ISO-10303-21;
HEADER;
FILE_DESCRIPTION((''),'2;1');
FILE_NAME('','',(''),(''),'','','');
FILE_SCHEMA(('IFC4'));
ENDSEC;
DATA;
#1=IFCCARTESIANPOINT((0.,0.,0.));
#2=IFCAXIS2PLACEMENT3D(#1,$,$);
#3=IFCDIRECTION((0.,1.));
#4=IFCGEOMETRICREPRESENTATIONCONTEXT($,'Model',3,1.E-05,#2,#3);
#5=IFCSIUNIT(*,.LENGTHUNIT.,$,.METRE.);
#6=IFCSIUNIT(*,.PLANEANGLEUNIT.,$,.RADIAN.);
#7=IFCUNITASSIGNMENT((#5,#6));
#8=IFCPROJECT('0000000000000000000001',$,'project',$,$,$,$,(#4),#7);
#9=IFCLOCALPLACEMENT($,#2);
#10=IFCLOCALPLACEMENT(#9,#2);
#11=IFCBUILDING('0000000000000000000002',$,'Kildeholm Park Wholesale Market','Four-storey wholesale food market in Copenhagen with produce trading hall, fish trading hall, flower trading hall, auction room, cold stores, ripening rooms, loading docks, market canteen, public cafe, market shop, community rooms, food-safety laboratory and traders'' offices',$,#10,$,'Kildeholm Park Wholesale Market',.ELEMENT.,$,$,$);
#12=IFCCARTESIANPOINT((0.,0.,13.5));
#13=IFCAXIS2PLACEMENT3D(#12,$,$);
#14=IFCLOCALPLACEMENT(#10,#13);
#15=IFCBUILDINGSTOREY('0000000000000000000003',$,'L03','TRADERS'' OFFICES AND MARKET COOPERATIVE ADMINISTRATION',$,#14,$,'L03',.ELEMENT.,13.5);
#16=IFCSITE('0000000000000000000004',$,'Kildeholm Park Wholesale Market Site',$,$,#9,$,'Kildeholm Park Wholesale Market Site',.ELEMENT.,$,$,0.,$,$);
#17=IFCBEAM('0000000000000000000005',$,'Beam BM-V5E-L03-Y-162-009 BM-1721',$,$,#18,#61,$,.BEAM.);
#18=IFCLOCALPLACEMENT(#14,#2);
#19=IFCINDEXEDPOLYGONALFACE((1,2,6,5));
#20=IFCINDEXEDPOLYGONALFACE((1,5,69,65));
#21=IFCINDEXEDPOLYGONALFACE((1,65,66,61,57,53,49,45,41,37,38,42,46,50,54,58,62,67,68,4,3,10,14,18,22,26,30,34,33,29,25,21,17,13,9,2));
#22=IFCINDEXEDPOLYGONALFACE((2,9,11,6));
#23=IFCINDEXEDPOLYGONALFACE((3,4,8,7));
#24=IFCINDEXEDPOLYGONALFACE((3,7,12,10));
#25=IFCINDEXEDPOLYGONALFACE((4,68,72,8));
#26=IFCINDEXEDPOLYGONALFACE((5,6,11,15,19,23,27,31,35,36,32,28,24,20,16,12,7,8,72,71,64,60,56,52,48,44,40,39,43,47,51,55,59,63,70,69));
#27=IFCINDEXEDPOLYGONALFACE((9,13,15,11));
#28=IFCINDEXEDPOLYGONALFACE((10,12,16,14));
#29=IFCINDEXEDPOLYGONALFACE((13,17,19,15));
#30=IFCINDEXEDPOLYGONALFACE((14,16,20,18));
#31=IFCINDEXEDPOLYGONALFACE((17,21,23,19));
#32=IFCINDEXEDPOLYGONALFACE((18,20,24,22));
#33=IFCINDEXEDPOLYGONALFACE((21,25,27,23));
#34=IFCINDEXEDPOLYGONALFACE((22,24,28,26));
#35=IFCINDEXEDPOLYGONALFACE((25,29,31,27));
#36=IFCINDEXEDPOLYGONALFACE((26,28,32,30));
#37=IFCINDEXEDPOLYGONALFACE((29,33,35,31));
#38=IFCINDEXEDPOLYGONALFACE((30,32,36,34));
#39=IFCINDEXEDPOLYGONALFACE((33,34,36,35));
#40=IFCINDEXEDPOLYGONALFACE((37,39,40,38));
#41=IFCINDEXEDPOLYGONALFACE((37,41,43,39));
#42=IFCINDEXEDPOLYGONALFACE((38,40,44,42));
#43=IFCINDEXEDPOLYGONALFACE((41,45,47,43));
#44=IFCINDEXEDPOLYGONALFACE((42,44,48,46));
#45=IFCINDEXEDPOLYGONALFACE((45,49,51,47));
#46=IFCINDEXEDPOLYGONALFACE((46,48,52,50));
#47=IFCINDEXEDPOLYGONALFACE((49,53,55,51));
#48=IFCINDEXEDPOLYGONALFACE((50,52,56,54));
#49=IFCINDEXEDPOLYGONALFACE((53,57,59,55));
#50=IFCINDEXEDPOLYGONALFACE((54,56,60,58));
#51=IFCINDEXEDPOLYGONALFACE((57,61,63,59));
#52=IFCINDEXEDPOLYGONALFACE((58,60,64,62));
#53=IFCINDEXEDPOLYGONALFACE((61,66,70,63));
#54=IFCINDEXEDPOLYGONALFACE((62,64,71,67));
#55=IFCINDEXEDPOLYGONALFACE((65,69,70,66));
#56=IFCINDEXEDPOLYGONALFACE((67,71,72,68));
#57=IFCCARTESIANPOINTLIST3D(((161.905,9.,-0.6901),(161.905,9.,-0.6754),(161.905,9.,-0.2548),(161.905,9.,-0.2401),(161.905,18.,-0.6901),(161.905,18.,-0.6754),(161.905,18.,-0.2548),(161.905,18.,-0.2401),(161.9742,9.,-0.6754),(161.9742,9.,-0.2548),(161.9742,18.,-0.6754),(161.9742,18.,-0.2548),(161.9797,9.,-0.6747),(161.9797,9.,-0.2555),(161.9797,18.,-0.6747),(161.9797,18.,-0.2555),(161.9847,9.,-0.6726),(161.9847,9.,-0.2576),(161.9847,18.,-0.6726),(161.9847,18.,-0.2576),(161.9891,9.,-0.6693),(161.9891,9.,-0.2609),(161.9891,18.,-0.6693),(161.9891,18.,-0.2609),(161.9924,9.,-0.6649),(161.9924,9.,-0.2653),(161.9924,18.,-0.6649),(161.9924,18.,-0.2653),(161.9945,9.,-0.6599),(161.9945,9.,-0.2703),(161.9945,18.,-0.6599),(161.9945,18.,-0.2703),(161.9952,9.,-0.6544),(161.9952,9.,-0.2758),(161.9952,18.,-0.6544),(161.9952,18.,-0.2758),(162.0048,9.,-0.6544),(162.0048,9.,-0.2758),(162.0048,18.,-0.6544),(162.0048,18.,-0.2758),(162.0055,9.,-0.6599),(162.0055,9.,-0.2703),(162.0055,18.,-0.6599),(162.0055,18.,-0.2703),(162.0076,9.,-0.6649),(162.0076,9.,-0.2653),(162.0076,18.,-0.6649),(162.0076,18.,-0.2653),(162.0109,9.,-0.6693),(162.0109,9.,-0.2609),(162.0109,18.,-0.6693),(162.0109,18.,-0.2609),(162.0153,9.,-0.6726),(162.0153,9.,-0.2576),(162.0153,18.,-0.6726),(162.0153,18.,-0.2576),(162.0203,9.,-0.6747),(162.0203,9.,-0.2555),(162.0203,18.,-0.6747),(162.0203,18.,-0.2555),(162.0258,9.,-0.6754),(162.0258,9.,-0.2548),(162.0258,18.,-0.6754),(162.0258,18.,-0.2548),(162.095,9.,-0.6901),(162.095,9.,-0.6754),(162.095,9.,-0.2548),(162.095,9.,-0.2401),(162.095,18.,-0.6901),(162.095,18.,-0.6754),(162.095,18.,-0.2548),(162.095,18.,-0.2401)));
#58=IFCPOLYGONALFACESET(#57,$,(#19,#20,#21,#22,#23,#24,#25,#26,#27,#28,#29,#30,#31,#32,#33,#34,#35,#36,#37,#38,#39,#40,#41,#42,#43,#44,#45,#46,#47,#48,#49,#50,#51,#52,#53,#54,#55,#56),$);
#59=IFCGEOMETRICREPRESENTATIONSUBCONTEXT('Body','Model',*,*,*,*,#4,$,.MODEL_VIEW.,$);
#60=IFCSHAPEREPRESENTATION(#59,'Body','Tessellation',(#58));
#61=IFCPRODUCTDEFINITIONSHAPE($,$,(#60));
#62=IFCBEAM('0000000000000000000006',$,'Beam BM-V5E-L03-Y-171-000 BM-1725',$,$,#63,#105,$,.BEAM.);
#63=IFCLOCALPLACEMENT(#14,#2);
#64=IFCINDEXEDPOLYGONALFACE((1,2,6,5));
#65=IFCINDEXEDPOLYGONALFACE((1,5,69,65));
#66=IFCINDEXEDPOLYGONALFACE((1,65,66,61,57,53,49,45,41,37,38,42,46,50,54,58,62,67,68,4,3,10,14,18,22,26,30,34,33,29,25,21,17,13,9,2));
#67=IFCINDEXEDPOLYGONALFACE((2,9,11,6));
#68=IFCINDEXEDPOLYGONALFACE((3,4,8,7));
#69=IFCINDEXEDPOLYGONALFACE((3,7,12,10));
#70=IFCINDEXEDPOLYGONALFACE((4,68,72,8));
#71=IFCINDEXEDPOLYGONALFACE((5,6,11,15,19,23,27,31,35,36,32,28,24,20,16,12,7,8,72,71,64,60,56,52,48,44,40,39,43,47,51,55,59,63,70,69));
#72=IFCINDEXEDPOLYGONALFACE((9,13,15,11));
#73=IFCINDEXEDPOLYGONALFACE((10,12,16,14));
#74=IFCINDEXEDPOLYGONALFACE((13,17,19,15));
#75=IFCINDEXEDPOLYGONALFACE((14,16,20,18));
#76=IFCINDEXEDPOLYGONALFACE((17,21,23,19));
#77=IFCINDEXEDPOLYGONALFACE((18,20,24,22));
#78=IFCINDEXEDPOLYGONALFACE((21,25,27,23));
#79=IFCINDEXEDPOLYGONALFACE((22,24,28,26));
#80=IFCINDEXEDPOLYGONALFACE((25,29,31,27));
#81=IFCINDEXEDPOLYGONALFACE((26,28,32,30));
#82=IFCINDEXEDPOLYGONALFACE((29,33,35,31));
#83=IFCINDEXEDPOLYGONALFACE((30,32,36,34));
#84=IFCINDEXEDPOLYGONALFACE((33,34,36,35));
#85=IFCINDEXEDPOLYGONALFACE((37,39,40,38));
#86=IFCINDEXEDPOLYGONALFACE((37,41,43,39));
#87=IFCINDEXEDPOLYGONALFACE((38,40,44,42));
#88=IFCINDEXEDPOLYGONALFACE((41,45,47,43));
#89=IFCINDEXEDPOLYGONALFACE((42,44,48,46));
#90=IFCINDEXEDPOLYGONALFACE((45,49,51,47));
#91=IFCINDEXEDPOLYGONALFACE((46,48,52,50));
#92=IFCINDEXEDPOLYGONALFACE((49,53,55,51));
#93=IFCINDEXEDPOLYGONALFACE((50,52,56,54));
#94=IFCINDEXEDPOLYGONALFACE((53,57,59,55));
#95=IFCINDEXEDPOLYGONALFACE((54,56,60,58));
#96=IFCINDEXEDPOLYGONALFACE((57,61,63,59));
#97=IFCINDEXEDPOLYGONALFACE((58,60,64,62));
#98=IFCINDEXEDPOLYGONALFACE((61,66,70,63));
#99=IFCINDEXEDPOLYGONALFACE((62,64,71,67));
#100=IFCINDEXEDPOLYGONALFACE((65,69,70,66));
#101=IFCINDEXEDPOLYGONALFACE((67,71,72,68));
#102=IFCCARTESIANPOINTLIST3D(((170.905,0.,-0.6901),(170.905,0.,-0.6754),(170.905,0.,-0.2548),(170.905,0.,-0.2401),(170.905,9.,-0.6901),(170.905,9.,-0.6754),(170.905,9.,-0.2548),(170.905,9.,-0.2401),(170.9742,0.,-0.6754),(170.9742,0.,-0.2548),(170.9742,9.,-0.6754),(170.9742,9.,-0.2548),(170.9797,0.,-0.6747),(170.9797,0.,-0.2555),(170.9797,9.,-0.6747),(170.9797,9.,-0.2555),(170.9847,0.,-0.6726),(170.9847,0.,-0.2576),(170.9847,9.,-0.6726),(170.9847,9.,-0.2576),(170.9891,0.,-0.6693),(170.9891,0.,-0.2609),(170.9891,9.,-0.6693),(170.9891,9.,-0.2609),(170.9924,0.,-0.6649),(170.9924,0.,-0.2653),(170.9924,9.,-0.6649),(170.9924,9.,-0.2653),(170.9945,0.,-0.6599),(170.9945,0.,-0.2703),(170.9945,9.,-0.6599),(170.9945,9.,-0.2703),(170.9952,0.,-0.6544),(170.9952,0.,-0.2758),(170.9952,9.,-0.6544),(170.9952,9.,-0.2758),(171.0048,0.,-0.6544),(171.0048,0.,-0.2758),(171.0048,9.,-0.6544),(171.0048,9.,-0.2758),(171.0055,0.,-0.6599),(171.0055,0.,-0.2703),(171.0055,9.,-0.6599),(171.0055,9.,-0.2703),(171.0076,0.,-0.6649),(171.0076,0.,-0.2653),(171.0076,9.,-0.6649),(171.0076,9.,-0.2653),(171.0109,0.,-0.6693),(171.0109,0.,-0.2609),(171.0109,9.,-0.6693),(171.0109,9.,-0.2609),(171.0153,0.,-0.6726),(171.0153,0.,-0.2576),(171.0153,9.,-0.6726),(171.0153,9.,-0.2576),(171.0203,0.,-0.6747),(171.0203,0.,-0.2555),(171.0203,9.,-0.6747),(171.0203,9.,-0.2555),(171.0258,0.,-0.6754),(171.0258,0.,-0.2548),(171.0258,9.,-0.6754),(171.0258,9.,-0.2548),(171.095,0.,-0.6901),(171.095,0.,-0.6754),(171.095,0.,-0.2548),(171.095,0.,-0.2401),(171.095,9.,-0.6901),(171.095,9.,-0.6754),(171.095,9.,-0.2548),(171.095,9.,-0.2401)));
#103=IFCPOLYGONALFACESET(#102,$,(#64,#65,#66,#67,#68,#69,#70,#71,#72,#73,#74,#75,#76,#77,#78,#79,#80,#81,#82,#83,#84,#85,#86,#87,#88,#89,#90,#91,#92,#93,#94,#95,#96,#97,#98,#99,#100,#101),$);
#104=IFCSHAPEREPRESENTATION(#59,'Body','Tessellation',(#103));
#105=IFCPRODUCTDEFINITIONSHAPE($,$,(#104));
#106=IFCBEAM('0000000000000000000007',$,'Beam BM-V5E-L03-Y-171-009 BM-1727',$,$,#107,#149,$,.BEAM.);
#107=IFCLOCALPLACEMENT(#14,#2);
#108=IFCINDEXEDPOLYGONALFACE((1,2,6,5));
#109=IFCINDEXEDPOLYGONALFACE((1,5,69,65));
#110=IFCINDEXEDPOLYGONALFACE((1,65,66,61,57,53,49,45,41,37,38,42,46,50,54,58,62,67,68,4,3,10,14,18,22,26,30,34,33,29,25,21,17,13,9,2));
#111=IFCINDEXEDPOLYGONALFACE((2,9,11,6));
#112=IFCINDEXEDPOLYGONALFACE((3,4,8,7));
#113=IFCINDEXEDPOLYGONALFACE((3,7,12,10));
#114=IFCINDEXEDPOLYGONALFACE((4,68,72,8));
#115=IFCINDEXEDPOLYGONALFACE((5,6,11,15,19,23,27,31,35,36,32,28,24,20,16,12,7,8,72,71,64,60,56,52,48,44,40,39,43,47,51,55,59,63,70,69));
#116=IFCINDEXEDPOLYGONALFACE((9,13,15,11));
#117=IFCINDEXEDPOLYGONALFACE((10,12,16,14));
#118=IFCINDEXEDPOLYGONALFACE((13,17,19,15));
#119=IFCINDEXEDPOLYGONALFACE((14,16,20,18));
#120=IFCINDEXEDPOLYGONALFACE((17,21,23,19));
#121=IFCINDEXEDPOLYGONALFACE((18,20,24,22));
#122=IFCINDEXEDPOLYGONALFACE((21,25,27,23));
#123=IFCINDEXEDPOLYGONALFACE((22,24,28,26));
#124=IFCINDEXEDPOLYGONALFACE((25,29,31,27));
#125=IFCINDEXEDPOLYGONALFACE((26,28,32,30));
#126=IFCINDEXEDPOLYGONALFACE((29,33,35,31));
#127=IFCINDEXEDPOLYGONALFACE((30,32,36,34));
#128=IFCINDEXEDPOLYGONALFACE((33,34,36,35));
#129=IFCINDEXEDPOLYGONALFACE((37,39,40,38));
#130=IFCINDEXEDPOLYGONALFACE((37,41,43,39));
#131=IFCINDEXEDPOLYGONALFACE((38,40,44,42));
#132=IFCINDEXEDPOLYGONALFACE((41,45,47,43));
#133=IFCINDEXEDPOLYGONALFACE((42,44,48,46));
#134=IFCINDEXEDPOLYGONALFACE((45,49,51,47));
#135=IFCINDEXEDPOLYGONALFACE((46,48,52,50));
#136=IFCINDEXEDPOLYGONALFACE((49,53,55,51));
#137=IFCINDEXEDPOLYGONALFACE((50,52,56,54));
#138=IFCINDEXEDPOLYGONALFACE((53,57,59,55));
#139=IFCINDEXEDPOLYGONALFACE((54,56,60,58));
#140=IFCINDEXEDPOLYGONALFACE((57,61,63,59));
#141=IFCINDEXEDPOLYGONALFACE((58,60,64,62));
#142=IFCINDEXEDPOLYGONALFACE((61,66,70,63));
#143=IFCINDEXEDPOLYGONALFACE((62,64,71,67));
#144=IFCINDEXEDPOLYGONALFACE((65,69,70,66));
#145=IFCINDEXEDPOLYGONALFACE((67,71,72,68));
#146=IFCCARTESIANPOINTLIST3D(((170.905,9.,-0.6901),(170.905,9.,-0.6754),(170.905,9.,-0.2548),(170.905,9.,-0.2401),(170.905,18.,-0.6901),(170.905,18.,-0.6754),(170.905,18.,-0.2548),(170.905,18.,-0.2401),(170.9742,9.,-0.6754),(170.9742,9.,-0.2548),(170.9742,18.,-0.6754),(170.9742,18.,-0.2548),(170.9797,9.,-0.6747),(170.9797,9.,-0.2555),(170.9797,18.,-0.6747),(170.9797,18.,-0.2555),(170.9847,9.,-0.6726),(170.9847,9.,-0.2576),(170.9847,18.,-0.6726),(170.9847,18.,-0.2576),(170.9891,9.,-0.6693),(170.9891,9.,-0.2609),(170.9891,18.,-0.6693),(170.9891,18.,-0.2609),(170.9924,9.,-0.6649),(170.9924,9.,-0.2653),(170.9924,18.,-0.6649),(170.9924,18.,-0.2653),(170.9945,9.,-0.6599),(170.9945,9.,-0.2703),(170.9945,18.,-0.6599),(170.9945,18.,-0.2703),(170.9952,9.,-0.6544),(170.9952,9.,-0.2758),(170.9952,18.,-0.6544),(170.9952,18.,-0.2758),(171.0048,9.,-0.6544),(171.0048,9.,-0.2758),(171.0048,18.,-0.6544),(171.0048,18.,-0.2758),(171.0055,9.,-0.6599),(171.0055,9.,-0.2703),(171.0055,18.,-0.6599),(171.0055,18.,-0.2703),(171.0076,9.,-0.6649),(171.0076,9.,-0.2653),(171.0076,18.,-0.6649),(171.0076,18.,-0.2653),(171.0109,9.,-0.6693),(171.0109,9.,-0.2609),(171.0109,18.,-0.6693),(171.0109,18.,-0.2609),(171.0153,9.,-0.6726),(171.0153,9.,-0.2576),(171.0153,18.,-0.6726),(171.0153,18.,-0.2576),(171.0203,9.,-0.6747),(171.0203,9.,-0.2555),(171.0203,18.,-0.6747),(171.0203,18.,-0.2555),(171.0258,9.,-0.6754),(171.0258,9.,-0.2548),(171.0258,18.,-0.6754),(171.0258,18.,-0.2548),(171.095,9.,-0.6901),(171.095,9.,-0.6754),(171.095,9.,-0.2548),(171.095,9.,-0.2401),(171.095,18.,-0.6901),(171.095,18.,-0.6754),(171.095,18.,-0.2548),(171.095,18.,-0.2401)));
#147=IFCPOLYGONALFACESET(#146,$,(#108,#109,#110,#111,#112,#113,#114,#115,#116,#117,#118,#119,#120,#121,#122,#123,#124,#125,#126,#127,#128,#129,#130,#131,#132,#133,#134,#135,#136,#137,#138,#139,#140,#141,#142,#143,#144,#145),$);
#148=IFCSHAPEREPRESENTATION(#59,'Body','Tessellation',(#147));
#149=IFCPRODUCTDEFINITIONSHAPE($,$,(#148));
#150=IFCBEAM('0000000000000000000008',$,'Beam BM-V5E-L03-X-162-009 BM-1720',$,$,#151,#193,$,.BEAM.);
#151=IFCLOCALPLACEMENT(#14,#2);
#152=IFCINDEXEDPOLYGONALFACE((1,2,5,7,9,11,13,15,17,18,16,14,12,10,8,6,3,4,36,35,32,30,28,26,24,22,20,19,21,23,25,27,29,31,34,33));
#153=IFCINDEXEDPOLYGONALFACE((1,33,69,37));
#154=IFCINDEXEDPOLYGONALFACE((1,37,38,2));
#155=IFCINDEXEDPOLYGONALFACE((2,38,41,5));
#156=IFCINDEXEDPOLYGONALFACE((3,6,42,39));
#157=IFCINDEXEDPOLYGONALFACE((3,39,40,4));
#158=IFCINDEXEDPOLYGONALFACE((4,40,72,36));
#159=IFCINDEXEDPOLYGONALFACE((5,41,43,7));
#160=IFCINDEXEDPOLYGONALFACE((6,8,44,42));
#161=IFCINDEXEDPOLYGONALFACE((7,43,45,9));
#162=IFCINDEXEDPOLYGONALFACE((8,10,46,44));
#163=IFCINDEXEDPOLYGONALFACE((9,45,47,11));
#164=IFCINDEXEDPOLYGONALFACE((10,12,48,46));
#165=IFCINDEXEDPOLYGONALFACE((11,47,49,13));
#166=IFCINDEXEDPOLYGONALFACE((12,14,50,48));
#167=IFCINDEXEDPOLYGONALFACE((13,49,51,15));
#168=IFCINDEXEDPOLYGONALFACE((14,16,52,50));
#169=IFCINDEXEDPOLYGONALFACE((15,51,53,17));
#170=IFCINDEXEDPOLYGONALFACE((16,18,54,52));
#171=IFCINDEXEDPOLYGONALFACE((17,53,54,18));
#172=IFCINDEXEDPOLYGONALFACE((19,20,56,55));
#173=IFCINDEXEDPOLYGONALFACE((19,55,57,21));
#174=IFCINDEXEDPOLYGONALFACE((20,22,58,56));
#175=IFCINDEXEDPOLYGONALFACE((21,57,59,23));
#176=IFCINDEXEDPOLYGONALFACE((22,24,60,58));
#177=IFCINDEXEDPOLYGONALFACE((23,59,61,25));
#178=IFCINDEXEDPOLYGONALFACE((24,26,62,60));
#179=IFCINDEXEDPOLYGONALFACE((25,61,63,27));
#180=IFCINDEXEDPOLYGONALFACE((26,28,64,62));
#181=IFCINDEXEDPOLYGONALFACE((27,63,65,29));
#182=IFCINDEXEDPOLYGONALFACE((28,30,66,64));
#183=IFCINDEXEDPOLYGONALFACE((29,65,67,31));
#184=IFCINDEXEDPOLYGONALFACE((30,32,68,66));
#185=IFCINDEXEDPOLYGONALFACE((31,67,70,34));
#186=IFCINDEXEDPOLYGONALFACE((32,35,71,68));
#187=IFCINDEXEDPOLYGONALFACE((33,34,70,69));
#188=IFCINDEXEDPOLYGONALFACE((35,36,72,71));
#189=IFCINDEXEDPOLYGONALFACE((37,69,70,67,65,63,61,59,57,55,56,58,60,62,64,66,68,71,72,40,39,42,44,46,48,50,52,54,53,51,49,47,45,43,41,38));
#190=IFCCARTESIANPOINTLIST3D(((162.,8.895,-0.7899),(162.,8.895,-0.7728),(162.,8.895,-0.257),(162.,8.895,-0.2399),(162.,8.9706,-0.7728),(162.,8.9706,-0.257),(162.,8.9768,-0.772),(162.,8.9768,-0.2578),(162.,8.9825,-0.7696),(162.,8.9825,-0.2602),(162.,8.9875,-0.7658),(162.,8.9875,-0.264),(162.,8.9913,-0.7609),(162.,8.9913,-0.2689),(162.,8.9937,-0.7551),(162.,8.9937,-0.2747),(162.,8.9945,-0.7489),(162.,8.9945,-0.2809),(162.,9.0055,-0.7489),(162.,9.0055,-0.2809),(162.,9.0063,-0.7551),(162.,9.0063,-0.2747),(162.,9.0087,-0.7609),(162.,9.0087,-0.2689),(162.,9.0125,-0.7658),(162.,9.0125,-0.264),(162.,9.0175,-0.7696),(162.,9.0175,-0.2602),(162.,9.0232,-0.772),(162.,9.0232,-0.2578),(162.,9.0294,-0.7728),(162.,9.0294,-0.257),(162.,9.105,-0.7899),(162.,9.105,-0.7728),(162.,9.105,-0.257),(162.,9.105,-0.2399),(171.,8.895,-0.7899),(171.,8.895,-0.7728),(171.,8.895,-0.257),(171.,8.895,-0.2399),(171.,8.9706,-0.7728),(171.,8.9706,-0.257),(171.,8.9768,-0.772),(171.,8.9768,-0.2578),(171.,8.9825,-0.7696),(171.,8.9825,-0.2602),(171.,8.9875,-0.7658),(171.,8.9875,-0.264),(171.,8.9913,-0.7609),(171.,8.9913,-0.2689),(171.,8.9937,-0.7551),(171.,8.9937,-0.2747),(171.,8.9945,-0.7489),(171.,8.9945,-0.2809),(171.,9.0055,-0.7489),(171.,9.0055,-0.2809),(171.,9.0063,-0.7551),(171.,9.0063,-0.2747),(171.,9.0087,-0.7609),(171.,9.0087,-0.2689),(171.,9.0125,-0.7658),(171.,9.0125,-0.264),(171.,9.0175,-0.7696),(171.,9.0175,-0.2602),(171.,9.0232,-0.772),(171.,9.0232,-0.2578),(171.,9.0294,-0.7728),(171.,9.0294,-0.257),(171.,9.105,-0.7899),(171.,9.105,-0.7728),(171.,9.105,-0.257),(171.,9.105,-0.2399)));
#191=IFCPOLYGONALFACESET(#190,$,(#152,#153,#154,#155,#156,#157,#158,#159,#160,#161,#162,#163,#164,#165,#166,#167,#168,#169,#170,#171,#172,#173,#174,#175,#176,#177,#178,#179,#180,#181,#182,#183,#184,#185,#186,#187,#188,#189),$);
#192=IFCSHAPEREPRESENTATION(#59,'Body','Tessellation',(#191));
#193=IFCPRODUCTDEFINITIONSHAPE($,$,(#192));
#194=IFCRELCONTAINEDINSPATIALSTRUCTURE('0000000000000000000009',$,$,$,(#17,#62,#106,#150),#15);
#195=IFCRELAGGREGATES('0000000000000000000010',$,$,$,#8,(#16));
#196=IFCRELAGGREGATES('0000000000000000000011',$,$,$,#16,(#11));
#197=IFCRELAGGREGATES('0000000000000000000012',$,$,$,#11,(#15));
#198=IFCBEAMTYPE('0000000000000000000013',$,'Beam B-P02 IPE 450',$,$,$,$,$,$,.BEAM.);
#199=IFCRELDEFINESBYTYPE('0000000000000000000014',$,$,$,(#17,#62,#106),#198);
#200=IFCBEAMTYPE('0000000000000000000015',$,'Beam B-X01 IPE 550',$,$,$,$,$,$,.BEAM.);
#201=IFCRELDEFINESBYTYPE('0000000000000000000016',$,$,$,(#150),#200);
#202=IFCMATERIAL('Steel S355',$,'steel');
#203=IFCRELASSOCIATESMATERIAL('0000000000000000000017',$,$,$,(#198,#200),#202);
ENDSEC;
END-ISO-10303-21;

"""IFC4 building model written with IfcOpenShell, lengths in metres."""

from ifc_helpers import new_model, si_unit, direction, frame, origin, origin_2d, place, context, subcontext, project, spatial, i_section, extrude, material, material_profile, profile_set, type_object, element, save


model = new_model("IFC4")

# Units and contexts
model_context = context("Model", 3, precision=1e-05, world=origin(), true_north=direction((0.0, 1.0)))
body_context = subcontext(model_context, "Body", "Model", "MODEL_VIEW")
ifc_project = project(units=[si_unit("LENGTHUNIT", "METRE"), si_unit("PLANEANGLEUNIT", "RADIAN")], contexts=[model_context])

# Site, building, storey
site_placement = place(None, origin())
site = spatial("IfcSite", under=ifc_project, at=site_placement, Name="Kildeholm Park Wholesale Market Site", LongName="Kildeholm Park Wholesale Market Site", CompositionType="ELEMENT", RefElevation=0.0)
building_placement = place(site_placement, origin())
building = spatial("IfcBuilding", under=site, at=building_placement, Name="Kildeholm Park Wholesale Market", Description="Four-storey wholesale food market in Copenhagen with produce trading hall, fish trading hall, flower trading hall, auction room, cold stores, ripening rooms, loading docks, market canteen, public cafe, market shop, community rooms, food-safety laboratory and traders' offices", LongName="Kildeholm Park Wholesale Market", CompositionType="ELEMENT")
storey_placement = place(building_placement, frame((0.0, 0.0, 13.5)))
storey = spatial("IfcBuildingStorey", under=building, at=storey_placement, Name="L03", Description="TRADERS' OFFICES AND MARKET COOPERATIVE ADMINISTRATION", LongName="L03", CompositionType="ELEMENT", Elevation=13.5)

# Shared definitions
ifc_material_1 = material(Name="Steel S355", Category="steel")

# Beams
ifc_material_profile_1 = material_profile(ifc_material_1, i_section(OverallWidth=0.1899, OverallDepth=0.45, WebThickness=0.0095, FlangeThickness=0.0146, FilletRadius=0.021, at=origin_2d()), Name="IPE 450")
ifc_profile_set_1 = profile_set([ifc_material_profile_1], Name="Steel S355")
beam_type_1 = type_object("IfcBeamType", Name="Beam B-P02 IPE 450", PredefinedType="BEAM", material=ifc_profile_set_1)
for number, where, z_axis, x_axis, name in (
    (1, (162.0, 9.0, -0.4651), (0.0, 1.0, 0.0), (-1.0, 0.0, 0.0), "Beam BM-V5E-L03-Y-162-009 BM-1721"),
    (2, (171.0, 0.0, -0.4651), (0.0, 1.0, 0.0), (-1.0, 0.0, 0.0), "Beam BM-V5E-L03-Y-171-000 BM-1725"),
    (3, (171.0, 9.0, -0.4651), (0.0, 1.0, 0.0), (-1.0, 0.0, 0.0), "Beam BM-V5E-L03-Y-171-009 BM-1727"),
):
    element("IfcBeam", number, at=place(storey_placement, frame(where, z_axis=z_axis, x_axis=x_axis)), inside=storey, type_object=beam_type_1, Name=name, PredefinedType="BEAM", context=body_context, shape_type="SweptSolid", body=[
        extrude(i_section(OverallWidth=0.1899, OverallDepth=0.45, WebThickness=0.0095, FlangeThickness=0.0146, FilletRadius=0.021, at=origin_2d()), origin(), (0.0, 0.0, 1.0), 9.0),
    ])
ifc_material_profile_2 = material_profile(ifc_material_1, i_section(OverallWidth=0.21, OverallDepth=0.55, WebThickness=0.011, FlangeThickness=0.0171, FilletRadius=0.0239, at=origin_2d()), Name="IPE 550")
ifc_profile_set_2 = profile_set([ifc_material_profile_2], Name="Steel S355")
beam_type_2 = type_object("IfcBeamType", Name="Beam B-X01 IPE 550", PredefinedType="BEAM", material=ifc_profile_set_2)
beam_1_placement = place(storey_placement, frame((162.0, 9.0, -0.5149), z_axis=(1.0, 0.0, 0.0), x_axis=(0.0, 1.0, 0.0)))
element("IfcBeam", 4, at=beam_1_placement, inside=storey, type_object=beam_type_2, Name="Beam BM-V5E-L03-X-162-009 BM-1720", PredefinedType="BEAM", context=body_context, shape_type="SweptSolid", body=[
    extrude(i_section(OverallWidth=0.21, OverallDepth=0.55, WebThickness=0.011, FlangeThickness=0.0171, FilletRadius=0.0239, at=origin_2d()), origin(), (0.0, 0.0, 1.0), 9.0),
])

save(model, "model.ifc")
